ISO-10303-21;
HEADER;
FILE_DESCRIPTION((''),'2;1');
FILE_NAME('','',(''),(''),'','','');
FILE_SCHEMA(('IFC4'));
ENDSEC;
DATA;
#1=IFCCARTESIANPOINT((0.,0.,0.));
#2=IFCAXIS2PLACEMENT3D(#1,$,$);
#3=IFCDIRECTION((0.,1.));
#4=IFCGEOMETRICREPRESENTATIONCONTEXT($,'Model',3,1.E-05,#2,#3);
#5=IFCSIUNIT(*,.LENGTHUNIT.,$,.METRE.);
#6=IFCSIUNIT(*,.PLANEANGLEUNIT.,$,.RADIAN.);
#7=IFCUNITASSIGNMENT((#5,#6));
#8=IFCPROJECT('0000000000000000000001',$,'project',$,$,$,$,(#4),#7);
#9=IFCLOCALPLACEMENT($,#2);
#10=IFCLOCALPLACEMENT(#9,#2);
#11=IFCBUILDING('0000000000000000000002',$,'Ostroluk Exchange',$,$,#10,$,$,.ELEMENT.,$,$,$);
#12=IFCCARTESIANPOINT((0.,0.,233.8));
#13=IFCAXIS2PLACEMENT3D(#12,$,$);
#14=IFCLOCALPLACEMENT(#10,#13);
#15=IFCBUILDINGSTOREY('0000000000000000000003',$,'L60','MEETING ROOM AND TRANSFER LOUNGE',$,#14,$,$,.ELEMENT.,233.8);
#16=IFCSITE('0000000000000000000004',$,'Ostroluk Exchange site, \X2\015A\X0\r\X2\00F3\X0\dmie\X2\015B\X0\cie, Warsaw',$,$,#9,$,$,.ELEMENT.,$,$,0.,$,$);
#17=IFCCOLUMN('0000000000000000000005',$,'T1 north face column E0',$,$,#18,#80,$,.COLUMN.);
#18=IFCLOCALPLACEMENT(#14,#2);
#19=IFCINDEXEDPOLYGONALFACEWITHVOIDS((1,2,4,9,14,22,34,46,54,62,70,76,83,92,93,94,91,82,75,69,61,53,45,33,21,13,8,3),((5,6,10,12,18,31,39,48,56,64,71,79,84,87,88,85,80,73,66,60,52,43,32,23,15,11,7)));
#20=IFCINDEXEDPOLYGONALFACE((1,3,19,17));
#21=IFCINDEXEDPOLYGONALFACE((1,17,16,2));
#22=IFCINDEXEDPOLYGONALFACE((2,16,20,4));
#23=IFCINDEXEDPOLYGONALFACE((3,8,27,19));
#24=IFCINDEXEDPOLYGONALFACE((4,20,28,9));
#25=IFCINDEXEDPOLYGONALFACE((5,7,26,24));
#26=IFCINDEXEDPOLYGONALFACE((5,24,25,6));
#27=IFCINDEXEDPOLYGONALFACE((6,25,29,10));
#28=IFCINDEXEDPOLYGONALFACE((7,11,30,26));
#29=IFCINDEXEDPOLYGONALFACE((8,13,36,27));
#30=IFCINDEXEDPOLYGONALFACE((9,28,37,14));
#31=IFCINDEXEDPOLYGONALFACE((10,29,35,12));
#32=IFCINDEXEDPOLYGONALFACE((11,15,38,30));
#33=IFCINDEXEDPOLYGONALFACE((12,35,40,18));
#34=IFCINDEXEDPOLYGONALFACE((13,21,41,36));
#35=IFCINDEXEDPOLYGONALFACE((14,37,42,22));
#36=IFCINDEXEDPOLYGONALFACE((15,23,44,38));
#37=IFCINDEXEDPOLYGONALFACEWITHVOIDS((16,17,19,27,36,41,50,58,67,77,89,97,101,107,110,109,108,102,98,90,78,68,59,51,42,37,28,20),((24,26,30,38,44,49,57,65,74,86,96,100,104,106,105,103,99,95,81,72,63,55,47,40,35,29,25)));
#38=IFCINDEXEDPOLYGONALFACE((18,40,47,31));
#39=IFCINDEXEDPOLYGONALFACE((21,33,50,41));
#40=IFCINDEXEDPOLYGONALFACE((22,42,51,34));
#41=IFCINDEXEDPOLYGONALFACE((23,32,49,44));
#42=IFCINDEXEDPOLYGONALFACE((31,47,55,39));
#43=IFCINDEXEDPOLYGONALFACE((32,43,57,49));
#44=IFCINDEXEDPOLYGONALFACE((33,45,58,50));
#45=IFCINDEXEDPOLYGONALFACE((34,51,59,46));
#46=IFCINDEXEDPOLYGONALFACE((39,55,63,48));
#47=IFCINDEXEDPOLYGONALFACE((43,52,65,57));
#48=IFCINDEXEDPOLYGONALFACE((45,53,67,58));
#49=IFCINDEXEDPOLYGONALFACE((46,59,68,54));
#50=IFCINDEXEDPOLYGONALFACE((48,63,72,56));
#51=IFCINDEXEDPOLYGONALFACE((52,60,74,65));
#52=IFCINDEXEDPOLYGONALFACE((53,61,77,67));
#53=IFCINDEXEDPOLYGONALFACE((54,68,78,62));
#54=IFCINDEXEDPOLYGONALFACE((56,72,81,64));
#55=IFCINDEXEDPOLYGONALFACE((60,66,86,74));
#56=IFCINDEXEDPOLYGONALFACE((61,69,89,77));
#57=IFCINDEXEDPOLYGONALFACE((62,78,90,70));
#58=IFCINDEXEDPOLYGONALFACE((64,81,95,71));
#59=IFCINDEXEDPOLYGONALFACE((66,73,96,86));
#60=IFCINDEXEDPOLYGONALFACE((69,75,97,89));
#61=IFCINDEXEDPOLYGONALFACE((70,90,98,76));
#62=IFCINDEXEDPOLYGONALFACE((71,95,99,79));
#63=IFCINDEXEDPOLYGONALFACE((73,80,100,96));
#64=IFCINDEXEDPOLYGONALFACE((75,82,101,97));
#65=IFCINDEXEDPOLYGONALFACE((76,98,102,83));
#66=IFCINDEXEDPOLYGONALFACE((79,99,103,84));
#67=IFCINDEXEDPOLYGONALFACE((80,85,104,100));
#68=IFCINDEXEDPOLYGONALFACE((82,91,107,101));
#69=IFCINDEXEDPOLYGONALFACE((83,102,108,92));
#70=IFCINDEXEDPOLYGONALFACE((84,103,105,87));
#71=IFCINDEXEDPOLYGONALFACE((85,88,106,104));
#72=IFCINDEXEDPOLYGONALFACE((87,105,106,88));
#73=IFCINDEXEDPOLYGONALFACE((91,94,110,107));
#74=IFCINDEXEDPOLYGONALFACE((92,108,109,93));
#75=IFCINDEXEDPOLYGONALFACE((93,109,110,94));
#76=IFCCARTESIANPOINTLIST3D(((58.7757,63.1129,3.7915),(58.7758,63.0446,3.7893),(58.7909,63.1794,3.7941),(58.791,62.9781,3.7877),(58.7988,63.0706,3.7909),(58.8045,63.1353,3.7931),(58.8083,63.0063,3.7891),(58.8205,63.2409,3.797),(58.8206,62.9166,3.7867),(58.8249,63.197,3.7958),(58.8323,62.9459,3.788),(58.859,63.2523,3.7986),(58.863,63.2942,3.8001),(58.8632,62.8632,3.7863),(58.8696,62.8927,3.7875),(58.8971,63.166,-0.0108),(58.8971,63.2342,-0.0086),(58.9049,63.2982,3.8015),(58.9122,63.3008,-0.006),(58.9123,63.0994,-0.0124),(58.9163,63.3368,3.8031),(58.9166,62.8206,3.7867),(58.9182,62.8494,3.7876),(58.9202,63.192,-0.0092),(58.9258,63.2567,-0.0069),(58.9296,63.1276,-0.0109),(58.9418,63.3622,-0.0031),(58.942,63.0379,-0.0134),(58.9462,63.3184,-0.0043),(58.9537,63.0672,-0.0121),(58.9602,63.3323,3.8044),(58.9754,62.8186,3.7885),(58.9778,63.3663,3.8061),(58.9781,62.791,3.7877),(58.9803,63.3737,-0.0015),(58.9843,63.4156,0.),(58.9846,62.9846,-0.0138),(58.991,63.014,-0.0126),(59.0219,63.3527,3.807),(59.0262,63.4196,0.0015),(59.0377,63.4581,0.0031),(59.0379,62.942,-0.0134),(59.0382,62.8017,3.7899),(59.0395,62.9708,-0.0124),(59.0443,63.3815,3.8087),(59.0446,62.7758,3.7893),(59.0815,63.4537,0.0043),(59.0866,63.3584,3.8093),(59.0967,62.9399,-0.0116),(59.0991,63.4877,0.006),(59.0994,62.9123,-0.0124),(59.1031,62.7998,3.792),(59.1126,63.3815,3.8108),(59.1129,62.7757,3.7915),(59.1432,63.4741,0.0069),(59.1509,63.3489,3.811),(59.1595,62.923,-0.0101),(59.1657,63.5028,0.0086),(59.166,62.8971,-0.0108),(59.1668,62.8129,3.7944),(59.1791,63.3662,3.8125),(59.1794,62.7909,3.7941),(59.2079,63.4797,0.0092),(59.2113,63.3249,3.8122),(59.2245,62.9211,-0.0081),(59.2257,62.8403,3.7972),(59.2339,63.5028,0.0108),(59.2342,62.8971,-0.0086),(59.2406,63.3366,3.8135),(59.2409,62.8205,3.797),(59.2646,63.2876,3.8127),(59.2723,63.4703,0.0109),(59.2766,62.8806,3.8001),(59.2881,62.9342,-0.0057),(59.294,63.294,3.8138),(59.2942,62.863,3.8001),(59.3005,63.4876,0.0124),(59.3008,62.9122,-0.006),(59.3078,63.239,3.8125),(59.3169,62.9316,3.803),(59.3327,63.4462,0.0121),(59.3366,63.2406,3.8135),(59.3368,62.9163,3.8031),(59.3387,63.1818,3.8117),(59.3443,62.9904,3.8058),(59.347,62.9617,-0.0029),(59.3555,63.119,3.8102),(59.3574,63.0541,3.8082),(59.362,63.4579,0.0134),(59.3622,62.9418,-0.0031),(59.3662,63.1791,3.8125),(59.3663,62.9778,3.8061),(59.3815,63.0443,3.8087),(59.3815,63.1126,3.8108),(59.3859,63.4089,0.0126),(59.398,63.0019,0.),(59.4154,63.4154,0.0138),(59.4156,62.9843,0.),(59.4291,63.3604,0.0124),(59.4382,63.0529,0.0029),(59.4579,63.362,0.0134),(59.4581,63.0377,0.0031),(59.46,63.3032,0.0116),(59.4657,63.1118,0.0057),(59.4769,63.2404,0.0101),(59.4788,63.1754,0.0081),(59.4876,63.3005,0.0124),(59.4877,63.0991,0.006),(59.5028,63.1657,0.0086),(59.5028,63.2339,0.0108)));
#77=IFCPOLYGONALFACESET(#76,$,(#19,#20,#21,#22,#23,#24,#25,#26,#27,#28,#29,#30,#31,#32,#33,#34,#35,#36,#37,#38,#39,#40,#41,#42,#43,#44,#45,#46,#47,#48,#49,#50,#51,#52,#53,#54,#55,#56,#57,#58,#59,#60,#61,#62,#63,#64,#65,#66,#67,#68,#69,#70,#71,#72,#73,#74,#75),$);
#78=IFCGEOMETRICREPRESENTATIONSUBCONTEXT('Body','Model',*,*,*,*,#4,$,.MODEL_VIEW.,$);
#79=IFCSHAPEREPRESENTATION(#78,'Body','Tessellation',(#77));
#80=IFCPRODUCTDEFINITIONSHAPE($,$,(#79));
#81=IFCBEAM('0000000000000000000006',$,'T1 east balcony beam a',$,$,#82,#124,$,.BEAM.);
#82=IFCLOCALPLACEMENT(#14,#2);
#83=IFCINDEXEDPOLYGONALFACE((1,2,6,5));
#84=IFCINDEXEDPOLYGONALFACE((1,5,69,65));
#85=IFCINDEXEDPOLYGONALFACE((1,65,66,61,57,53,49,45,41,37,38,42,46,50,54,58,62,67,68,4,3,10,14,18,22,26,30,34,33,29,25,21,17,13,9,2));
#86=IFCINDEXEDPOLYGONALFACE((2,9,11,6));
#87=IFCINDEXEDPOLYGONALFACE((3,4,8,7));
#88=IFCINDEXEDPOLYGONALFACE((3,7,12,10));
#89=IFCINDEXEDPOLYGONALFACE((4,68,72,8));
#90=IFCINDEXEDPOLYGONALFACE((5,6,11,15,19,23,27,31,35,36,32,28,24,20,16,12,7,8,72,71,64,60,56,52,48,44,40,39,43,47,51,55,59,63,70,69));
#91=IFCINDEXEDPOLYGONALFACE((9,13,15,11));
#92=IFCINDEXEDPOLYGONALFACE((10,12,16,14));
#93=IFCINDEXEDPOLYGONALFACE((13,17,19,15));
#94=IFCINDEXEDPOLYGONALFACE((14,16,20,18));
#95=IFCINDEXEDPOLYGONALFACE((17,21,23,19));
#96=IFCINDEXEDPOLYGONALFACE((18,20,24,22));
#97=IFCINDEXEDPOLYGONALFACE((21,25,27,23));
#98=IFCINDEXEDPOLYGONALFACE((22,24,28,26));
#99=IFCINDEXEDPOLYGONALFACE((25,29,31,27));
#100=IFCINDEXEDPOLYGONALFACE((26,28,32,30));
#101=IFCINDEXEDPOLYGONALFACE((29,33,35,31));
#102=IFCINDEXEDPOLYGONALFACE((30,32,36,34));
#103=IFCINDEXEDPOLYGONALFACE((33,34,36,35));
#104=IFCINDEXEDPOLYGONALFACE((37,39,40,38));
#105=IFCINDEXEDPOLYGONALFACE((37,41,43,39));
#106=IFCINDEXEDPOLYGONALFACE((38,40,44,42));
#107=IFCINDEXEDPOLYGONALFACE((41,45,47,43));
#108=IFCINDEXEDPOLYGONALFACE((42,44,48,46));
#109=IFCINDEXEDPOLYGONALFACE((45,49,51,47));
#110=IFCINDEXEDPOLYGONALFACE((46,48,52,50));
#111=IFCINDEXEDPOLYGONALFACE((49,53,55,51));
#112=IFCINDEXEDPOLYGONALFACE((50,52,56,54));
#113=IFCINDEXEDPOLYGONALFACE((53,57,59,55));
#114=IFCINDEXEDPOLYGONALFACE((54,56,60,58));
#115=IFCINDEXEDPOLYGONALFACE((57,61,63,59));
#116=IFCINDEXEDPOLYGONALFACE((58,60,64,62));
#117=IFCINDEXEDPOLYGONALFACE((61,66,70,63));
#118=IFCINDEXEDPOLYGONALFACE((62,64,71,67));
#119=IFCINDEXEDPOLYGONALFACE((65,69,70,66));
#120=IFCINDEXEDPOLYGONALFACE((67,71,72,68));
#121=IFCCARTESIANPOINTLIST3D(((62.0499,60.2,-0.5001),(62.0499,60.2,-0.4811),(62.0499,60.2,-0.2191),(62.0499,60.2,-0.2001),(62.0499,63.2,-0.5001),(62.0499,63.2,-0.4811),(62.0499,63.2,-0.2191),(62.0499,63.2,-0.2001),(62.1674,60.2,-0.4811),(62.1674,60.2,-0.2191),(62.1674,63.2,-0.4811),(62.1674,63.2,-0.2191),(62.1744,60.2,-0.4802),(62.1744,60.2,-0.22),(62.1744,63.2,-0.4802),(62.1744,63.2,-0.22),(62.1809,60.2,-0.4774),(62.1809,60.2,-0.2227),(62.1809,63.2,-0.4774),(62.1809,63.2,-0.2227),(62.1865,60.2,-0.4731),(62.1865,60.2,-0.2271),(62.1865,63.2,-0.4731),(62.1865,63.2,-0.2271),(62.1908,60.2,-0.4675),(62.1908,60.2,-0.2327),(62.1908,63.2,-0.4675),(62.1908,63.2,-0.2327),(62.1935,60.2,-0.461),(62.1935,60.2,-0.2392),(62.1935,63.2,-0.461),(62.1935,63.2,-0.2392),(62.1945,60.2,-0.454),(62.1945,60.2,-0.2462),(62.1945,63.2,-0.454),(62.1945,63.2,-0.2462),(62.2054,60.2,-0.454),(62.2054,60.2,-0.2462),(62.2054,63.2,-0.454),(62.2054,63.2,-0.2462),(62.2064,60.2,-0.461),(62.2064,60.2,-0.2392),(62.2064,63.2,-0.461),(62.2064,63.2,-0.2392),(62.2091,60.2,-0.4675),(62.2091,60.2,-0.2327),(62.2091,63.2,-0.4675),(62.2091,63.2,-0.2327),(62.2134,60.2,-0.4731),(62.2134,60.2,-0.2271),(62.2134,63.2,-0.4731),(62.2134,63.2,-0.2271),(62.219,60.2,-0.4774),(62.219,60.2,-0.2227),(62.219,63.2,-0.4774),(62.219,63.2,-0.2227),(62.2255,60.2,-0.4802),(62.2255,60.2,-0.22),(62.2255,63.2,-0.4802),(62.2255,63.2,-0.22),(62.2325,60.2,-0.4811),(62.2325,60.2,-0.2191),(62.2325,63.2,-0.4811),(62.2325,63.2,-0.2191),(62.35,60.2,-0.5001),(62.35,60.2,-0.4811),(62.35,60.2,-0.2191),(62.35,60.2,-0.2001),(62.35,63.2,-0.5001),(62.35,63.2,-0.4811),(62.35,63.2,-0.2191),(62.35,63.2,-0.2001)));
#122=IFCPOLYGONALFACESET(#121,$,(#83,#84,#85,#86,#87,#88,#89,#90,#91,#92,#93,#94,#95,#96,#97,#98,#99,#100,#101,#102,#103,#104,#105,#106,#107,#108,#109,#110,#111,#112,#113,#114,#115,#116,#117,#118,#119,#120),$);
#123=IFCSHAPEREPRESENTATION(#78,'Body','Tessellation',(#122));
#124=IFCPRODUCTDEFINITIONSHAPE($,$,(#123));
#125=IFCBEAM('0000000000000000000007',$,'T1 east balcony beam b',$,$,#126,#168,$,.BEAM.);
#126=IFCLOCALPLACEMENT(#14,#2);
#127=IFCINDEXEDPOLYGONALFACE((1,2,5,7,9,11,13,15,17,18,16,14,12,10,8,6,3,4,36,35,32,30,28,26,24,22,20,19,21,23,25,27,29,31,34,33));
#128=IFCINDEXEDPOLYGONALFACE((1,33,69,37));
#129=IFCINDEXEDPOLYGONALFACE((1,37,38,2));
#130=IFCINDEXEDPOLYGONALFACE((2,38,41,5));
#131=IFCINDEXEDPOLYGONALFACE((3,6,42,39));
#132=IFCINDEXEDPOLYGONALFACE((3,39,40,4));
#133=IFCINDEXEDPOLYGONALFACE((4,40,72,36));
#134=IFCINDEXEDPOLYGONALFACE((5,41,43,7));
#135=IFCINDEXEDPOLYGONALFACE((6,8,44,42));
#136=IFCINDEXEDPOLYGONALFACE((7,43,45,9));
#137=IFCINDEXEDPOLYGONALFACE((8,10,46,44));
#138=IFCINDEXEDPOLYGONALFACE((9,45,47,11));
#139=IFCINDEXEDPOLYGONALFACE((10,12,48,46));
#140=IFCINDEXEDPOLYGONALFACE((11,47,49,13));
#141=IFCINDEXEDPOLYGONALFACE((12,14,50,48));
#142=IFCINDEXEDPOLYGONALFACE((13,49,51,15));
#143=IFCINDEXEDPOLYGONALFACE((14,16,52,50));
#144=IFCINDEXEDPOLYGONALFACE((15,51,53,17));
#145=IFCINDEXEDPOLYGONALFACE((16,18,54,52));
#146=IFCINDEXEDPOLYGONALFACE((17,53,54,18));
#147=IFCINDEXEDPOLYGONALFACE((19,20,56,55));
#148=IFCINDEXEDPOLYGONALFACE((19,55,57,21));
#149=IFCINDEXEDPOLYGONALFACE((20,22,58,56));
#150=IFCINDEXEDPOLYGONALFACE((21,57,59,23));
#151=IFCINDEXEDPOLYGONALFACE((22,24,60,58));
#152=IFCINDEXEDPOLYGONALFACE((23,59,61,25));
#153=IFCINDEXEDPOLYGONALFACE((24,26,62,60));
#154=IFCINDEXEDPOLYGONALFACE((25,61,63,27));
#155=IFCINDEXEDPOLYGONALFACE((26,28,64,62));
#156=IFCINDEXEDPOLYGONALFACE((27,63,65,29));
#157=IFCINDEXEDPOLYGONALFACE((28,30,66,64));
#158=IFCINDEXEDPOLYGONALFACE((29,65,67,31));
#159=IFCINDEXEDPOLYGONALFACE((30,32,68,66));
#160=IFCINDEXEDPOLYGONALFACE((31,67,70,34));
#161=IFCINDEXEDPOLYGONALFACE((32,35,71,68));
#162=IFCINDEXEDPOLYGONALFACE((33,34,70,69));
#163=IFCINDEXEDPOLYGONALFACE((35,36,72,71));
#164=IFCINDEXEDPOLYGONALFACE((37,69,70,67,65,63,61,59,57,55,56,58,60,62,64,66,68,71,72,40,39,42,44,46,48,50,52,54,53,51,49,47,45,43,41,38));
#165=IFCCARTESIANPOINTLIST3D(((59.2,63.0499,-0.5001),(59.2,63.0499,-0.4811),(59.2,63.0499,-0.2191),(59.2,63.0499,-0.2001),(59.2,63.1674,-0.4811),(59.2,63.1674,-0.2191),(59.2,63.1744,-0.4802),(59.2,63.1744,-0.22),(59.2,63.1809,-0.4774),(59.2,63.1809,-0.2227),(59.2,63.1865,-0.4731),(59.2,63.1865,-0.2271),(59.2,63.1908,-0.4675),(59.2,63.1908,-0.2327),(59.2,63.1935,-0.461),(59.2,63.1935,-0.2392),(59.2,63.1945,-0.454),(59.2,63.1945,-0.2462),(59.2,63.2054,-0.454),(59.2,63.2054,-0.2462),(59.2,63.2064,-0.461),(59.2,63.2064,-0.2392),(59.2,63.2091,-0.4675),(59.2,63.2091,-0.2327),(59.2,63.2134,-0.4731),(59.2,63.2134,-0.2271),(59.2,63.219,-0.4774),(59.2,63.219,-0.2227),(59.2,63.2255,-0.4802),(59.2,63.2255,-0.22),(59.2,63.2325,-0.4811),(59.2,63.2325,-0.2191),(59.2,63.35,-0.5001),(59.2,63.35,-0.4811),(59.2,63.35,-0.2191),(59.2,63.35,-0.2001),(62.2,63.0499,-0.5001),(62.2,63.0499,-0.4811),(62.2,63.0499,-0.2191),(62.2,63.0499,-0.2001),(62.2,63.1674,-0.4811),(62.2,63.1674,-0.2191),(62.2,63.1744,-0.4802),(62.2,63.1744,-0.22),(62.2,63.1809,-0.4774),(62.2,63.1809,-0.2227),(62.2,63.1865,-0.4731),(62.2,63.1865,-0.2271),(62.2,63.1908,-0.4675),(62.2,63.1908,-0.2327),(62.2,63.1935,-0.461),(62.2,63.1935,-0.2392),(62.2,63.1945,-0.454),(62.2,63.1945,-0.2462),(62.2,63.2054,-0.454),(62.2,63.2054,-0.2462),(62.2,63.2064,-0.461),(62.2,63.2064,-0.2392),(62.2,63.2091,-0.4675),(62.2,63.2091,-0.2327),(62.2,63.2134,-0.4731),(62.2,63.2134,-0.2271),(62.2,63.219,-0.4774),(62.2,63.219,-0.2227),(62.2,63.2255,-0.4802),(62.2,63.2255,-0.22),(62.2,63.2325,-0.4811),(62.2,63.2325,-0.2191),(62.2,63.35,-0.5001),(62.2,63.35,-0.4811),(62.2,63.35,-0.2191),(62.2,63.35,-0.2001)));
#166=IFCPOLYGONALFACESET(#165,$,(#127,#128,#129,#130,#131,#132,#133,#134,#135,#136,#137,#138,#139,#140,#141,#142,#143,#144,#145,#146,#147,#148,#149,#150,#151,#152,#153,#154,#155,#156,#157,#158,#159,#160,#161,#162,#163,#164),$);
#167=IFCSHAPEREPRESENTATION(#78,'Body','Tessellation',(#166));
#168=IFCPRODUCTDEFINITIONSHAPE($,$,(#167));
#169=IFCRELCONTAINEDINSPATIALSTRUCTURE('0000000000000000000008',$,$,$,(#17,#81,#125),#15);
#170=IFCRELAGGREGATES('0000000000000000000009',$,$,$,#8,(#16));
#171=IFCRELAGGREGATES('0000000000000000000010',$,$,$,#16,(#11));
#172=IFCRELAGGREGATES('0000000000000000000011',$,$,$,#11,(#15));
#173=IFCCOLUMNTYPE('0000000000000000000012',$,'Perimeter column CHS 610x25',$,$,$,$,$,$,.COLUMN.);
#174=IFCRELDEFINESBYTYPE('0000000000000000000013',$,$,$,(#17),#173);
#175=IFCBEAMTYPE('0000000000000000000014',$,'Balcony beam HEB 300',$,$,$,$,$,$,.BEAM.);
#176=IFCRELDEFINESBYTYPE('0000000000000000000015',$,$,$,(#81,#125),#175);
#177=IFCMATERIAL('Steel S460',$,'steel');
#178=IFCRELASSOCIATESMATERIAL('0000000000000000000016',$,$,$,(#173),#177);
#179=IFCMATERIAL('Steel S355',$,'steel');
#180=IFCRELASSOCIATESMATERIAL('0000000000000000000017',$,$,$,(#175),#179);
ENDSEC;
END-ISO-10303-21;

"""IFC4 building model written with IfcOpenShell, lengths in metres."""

from ifc_helpers import new_model, si_unit, direction, frame, origin, origin_2d, place, context, subcontext, project, spatial, hollow_circle, i_section, extrude, material, material_profile, profile_set, type_object, element, save


model = new_model("IFC4")

# Units and contexts
model_context = context("Model", 3, precision=1e-05, world=origin(), true_north=direction((0.0, 1.0)))
body_context = subcontext(model_context, "Body", "Model", "MODEL_VIEW")
ifc_project = project(units=[si_unit("LENGTHUNIT", "METRE"), si_unit("PLANEANGLEUNIT", "RADIAN")], contexts=[model_context])

# Site, building, storey
site_placement = place(None, origin())
site = spatial("IfcSite", under=ifc_project, at=site_placement, Name="Ostroluk Exchange site, Śródmieście, Warsaw", CompositionType="ELEMENT", RefElevation=0.0)
building_placement = place(site_placement, origin())
building = spatial("IfcBuilding", under=site, at=building_placement, Name="Ostroluk Exchange", CompositionType="ELEMENT")
storey_placement = place(building_placement, frame((0.0, 0.0, 233.8)))
storey = spatial("IfcBuildingStorey", under=building, at=storey_placement, Name="L60", Description="MEETING ROOM AND TRANSFER LOUNGE", CompositionType="ELEMENT", Elevation=233.8)

# Column
ifc_material_1 = material(Name="Steel S460", Category="steel")
ifc_material_profile_1 = material_profile(ifc_material_1, hollow_circle(Radius=0.3049, WallThickness=0.0249, at=origin_2d()), Name="CHS 610x25")
ifc_profile_set_1 = profile_set([ifc_material_profile_1], Name="Steel S460")
column_type_1 = type_object("IfcColumnType", Name="Perimeter column CHS 610x25", PredefinedType="COLUMN", material=ifc_profile_set_1)
column_1_placement = place(storey_placement, frame((59.2, 63.2, 0.0), z_axis=(-0.031898, -0.031898, 0.998982), x_axis=(0.707107, -0.707107, 0.0)))
element("IfcColumn", 1, at=column_1_placement, inside=storey, type_object=column_type_1, Name="T1 north face column E0", PredefinedType="COLUMN", context=body_context, shape_type="SweptSolid", body=[
    extrude(hollow_circle(Radius=0.3049, WallThickness=0.0249, at=origin_2d()), origin(), (0.0, 0.0, 1.0), 3.804),
])

# Beams
ifc_material_2 = material(Name="Steel S355", Category="steel")
ifc_material_profile_2 = material_profile(ifc_material_2, i_section(OverallWidth=0.3, OverallDepth=0.3, WebThickness=0.011, FlangeThickness=0.019, FilletRadius=0.0271, at=origin_2d()), Name="HEB 300")
ifc_profile_set_2 = profile_set([ifc_material_profile_2], Name="Steel S355")
beam_type_1 = type_object("IfcBeamType", Name="Balcony beam HEB 300", PredefinedType="BEAM", material=ifc_profile_set_2)
for number, where, z_axis, x_axis, name in (
    (2, (62.2, 60.2, -0.3501), (0.0, 1.0, 0.0), (-1.0, 0.0, 0.0), "T1 east balcony beam a"),
    (3, (59.2, 63.2, -0.3501), (1.0, 0.0, 0.0), (0.0, 1.0, 0.0), "T1 east balcony beam b"),
):
    element("IfcBeam", number, at=place(storey_placement, frame(where, z_axis=z_axis, x_axis=x_axis)), inside=storey, type_object=beam_type_1, Name=name, PredefinedType="BEAM", context=body_context, shape_type="SweptSolid", body=[
        extrude(i_section(OverallWidth=0.3, OverallDepth=0.3, WebThickness=0.011, FlangeThickness=0.019, FilletRadius=0.0271, at=origin_2d()), origin(), (0.0, 0.0, 1.0), 3.0),
    ])

save(model, "model.ifc")
